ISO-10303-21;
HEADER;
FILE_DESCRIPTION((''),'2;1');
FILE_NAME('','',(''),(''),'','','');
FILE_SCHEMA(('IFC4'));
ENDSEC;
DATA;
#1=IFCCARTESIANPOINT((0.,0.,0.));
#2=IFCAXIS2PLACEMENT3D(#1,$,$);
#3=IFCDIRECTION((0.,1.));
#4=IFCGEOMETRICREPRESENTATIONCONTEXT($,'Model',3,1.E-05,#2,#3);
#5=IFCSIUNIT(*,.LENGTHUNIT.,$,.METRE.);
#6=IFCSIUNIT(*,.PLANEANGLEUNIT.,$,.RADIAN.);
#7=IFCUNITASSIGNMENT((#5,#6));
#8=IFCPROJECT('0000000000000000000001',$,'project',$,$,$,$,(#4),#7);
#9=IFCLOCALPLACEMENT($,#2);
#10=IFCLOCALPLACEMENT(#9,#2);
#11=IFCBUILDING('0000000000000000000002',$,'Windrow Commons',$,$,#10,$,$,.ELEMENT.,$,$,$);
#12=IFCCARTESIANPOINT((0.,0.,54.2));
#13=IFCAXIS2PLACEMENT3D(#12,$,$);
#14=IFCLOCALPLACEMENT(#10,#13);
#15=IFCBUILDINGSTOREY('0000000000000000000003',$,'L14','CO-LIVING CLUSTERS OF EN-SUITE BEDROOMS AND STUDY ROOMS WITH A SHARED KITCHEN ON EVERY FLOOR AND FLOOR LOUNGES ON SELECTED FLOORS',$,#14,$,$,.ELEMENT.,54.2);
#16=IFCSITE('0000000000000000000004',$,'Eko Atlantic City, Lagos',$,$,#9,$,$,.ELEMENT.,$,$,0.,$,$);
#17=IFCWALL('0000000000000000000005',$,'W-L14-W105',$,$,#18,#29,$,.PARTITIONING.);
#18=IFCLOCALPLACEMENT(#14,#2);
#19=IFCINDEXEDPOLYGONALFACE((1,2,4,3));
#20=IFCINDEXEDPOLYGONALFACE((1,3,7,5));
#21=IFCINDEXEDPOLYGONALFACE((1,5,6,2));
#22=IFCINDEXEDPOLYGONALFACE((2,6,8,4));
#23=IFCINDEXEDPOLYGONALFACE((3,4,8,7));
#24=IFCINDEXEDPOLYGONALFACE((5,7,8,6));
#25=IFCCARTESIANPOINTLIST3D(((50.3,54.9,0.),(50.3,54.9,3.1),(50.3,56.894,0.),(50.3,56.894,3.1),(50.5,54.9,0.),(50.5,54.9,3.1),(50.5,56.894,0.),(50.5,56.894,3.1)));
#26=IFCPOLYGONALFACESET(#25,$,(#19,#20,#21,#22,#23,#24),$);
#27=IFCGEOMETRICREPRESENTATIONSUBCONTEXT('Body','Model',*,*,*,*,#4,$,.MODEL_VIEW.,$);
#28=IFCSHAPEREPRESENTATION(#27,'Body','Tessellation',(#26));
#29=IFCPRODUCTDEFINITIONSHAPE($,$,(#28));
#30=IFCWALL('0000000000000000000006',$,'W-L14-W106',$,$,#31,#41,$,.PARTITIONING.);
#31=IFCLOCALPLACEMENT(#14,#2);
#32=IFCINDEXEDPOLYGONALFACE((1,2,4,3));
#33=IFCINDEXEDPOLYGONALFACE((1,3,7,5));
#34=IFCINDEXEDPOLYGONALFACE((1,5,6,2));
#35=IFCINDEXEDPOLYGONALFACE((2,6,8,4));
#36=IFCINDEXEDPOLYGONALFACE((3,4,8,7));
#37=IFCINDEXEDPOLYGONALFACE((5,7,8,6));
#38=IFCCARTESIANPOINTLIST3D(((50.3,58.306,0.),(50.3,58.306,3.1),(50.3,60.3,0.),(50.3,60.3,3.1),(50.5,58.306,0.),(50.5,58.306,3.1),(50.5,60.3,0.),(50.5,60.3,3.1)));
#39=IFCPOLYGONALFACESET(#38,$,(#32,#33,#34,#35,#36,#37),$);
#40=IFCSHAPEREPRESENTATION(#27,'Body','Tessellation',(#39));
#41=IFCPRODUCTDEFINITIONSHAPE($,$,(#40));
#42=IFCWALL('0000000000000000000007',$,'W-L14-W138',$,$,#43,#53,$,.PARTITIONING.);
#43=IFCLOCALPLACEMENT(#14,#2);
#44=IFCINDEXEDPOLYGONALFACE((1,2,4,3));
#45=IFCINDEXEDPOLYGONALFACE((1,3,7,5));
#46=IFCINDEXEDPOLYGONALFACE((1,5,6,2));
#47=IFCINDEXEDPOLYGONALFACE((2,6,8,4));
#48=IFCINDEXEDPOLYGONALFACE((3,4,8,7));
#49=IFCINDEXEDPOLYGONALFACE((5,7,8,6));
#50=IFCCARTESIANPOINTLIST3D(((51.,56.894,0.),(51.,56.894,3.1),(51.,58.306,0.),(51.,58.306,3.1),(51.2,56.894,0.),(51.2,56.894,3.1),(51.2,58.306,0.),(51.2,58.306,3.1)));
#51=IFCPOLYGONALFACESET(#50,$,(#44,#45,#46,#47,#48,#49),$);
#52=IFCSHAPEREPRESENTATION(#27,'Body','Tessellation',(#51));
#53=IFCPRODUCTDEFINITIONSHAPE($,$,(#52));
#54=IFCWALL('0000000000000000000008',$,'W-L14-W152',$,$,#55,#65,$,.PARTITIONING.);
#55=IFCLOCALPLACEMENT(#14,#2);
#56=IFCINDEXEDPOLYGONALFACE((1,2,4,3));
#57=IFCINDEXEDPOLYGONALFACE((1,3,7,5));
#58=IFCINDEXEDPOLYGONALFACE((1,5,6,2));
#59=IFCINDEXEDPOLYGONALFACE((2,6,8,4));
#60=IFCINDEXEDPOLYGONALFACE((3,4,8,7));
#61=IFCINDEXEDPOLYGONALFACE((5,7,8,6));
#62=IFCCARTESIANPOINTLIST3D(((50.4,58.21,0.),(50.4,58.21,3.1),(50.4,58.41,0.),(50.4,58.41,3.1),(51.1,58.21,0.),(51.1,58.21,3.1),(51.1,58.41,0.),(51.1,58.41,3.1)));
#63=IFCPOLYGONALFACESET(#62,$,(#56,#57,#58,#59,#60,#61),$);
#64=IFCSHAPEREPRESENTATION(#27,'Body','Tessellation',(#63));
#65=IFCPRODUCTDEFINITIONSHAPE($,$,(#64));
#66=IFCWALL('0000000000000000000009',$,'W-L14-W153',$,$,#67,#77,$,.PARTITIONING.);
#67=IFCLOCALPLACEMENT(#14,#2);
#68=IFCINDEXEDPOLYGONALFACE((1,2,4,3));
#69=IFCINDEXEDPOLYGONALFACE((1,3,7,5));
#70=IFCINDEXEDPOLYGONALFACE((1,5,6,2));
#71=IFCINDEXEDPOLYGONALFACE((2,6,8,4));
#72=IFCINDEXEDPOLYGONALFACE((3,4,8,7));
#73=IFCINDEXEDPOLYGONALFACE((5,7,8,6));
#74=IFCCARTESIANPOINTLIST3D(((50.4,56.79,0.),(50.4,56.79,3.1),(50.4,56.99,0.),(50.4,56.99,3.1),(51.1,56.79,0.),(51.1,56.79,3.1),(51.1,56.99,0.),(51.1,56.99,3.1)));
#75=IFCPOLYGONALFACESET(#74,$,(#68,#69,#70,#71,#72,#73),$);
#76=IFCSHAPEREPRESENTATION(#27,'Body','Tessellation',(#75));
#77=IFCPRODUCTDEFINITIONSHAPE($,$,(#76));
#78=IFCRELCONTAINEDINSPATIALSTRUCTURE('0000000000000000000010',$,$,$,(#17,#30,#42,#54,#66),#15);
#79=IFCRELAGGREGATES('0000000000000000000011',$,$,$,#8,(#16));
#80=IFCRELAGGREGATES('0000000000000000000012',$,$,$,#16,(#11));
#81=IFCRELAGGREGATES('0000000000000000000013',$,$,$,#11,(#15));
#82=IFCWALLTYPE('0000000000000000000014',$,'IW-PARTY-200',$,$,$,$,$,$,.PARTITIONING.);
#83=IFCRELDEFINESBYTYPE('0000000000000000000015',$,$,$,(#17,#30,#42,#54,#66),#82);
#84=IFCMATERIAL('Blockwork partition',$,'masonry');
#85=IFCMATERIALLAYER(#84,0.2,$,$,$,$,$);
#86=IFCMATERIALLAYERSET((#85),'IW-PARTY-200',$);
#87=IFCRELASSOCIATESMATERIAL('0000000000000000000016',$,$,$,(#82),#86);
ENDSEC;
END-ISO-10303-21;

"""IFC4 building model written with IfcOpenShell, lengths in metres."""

from ifc_helpers import new_model, si_unit, direction, frame, frame_2d, origin, place, context, subcontext, project, spatial, rectangle, extrude, material, layer, layer_set, type_object, element, save


model = new_model("IFC4")

# Units and contexts
model_context = context("Model", 3, precision=1e-05, world=origin(), true_north=direction((0.0, 1.0)))
body_context = subcontext(model_context, "Body", "Model", "MODEL_VIEW")
ifc_project = project(units=[si_unit("LENGTHUNIT", "METRE"), si_unit("PLANEANGLEUNIT", "RADIAN")], contexts=[model_context])

# Site, building, storey
site_placement = place(None, origin())
site = spatial("IfcSite", under=ifc_project, at=site_placement, Name="Eko Atlantic City, Lagos", CompositionType="ELEMENT", RefElevation=0.0)
building_placement = place(site_placement, origin())
building = spatial("IfcBuilding", under=site, at=building_placement, Name="Windrow Commons", CompositionType="ELEMENT")
storey_placement = place(building_placement, frame((0.0, 0.0, 54.2)))
storey = spatial("IfcBuildingStorey", under=building, at=storey_placement, Name="L14", Description="CO-LIVING CLUSTERS OF EN-SUITE BEDROOMS AND STUDY ROOMS WITH A SHARED KITCHEN ON EVERY FLOOR AND FLOOR LOUNGES ON SELECTED FLOORS", CompositionType="ELEMENT", Elevation=54.2)

# Walls
ifc_material_1 = material(Name="Blockwork partition", Category="masonry")
ifc_layer_1 = layer(ifc_material_1, 0.2)
ifc_layer_set_1 = layer_set([ifc_layer_1], Name="IW-PARTY-200")
wall_type_1 = type_object("IfcWallType", Name="IW-PARTY-200", PredefinedType="PARTITIONING", material=ifc_layer_set_1)
for number, where, z_axis, x_axis, name in (
    (1, (50.4, 54.9, 0.0), (0.0, 0.0, 1.0), (0.0, 1.0, 0.0), "W-L14-W105"),
    (2, (50.4, 58.306, 0.0), (0.0, 0.0, 1.0), (0.0, 1.0, 0.0), "W-L14-W106"),
):
    element("IfcWall", number, at=place(storey_placement, frame(where, z_axis=z_axis, x_axis=x_axis)), inside=storey, type_object=wall_type_1, Name=name, PredefinedType="PARTITIONING", context=body_context, shape_type="SweptSolid", body=[
        extrude(rectangle(XDim=1.994, YDim=0.2, at=frame_2d((0.997, 0.0))), origin(), (0.0, 0.0, 1.0), 3.1),
    ])
wall_1_placement = place(storey_placement, frame((51.1, 56.894, 0.0), z_axis=(0.0, 0.0, 1.0), x_axis=(0.0, 1.0, 0.0)))
element("IfcWall", 3, at=wall_1_placement, inside=storey, type_object=wall_type_1, Name="W-L14-W138", PredefinedType="PARTITIONING", context=body_context, shape_type="SweptSolid", body=[
    extrude(rectangle(XDim=1.412, YDim=0.2, at=frame_2d((0.706, 0.0))), origin(), (0.0, 0.0, 1.0), 3.1),
])
for number, where, z_axis, x_axis, name in (
    (4, (50.4, 58.31, 0.0), (0.0, 0.0, 1.0), (1.0, 0.0, 0.0), "W-L14-W152"),
    (5, (50.4, 56.89, 0.0), (0.0, 0.0, 1.0), (1.0, 0.0, 0.0), "W-L14-W153"),
):
    element("IfcWall", number, at=place(storey_placement, frame(where, z_axis=z_axis, x_axis=x_axis)), inside=storey, type_object=wall_type_1, Name=name, PredefinedType="PARTITIONING", context=body_context, shape_type="SweptSolid", body=[
        extrude(rectangle(XDim=0.7, YDim=0.2, at=frame_2d((0.35, 0.0))), origin(), (0.0, 0.0, 1.0), 3.1),
    ])

save(model, "model.ifc")
